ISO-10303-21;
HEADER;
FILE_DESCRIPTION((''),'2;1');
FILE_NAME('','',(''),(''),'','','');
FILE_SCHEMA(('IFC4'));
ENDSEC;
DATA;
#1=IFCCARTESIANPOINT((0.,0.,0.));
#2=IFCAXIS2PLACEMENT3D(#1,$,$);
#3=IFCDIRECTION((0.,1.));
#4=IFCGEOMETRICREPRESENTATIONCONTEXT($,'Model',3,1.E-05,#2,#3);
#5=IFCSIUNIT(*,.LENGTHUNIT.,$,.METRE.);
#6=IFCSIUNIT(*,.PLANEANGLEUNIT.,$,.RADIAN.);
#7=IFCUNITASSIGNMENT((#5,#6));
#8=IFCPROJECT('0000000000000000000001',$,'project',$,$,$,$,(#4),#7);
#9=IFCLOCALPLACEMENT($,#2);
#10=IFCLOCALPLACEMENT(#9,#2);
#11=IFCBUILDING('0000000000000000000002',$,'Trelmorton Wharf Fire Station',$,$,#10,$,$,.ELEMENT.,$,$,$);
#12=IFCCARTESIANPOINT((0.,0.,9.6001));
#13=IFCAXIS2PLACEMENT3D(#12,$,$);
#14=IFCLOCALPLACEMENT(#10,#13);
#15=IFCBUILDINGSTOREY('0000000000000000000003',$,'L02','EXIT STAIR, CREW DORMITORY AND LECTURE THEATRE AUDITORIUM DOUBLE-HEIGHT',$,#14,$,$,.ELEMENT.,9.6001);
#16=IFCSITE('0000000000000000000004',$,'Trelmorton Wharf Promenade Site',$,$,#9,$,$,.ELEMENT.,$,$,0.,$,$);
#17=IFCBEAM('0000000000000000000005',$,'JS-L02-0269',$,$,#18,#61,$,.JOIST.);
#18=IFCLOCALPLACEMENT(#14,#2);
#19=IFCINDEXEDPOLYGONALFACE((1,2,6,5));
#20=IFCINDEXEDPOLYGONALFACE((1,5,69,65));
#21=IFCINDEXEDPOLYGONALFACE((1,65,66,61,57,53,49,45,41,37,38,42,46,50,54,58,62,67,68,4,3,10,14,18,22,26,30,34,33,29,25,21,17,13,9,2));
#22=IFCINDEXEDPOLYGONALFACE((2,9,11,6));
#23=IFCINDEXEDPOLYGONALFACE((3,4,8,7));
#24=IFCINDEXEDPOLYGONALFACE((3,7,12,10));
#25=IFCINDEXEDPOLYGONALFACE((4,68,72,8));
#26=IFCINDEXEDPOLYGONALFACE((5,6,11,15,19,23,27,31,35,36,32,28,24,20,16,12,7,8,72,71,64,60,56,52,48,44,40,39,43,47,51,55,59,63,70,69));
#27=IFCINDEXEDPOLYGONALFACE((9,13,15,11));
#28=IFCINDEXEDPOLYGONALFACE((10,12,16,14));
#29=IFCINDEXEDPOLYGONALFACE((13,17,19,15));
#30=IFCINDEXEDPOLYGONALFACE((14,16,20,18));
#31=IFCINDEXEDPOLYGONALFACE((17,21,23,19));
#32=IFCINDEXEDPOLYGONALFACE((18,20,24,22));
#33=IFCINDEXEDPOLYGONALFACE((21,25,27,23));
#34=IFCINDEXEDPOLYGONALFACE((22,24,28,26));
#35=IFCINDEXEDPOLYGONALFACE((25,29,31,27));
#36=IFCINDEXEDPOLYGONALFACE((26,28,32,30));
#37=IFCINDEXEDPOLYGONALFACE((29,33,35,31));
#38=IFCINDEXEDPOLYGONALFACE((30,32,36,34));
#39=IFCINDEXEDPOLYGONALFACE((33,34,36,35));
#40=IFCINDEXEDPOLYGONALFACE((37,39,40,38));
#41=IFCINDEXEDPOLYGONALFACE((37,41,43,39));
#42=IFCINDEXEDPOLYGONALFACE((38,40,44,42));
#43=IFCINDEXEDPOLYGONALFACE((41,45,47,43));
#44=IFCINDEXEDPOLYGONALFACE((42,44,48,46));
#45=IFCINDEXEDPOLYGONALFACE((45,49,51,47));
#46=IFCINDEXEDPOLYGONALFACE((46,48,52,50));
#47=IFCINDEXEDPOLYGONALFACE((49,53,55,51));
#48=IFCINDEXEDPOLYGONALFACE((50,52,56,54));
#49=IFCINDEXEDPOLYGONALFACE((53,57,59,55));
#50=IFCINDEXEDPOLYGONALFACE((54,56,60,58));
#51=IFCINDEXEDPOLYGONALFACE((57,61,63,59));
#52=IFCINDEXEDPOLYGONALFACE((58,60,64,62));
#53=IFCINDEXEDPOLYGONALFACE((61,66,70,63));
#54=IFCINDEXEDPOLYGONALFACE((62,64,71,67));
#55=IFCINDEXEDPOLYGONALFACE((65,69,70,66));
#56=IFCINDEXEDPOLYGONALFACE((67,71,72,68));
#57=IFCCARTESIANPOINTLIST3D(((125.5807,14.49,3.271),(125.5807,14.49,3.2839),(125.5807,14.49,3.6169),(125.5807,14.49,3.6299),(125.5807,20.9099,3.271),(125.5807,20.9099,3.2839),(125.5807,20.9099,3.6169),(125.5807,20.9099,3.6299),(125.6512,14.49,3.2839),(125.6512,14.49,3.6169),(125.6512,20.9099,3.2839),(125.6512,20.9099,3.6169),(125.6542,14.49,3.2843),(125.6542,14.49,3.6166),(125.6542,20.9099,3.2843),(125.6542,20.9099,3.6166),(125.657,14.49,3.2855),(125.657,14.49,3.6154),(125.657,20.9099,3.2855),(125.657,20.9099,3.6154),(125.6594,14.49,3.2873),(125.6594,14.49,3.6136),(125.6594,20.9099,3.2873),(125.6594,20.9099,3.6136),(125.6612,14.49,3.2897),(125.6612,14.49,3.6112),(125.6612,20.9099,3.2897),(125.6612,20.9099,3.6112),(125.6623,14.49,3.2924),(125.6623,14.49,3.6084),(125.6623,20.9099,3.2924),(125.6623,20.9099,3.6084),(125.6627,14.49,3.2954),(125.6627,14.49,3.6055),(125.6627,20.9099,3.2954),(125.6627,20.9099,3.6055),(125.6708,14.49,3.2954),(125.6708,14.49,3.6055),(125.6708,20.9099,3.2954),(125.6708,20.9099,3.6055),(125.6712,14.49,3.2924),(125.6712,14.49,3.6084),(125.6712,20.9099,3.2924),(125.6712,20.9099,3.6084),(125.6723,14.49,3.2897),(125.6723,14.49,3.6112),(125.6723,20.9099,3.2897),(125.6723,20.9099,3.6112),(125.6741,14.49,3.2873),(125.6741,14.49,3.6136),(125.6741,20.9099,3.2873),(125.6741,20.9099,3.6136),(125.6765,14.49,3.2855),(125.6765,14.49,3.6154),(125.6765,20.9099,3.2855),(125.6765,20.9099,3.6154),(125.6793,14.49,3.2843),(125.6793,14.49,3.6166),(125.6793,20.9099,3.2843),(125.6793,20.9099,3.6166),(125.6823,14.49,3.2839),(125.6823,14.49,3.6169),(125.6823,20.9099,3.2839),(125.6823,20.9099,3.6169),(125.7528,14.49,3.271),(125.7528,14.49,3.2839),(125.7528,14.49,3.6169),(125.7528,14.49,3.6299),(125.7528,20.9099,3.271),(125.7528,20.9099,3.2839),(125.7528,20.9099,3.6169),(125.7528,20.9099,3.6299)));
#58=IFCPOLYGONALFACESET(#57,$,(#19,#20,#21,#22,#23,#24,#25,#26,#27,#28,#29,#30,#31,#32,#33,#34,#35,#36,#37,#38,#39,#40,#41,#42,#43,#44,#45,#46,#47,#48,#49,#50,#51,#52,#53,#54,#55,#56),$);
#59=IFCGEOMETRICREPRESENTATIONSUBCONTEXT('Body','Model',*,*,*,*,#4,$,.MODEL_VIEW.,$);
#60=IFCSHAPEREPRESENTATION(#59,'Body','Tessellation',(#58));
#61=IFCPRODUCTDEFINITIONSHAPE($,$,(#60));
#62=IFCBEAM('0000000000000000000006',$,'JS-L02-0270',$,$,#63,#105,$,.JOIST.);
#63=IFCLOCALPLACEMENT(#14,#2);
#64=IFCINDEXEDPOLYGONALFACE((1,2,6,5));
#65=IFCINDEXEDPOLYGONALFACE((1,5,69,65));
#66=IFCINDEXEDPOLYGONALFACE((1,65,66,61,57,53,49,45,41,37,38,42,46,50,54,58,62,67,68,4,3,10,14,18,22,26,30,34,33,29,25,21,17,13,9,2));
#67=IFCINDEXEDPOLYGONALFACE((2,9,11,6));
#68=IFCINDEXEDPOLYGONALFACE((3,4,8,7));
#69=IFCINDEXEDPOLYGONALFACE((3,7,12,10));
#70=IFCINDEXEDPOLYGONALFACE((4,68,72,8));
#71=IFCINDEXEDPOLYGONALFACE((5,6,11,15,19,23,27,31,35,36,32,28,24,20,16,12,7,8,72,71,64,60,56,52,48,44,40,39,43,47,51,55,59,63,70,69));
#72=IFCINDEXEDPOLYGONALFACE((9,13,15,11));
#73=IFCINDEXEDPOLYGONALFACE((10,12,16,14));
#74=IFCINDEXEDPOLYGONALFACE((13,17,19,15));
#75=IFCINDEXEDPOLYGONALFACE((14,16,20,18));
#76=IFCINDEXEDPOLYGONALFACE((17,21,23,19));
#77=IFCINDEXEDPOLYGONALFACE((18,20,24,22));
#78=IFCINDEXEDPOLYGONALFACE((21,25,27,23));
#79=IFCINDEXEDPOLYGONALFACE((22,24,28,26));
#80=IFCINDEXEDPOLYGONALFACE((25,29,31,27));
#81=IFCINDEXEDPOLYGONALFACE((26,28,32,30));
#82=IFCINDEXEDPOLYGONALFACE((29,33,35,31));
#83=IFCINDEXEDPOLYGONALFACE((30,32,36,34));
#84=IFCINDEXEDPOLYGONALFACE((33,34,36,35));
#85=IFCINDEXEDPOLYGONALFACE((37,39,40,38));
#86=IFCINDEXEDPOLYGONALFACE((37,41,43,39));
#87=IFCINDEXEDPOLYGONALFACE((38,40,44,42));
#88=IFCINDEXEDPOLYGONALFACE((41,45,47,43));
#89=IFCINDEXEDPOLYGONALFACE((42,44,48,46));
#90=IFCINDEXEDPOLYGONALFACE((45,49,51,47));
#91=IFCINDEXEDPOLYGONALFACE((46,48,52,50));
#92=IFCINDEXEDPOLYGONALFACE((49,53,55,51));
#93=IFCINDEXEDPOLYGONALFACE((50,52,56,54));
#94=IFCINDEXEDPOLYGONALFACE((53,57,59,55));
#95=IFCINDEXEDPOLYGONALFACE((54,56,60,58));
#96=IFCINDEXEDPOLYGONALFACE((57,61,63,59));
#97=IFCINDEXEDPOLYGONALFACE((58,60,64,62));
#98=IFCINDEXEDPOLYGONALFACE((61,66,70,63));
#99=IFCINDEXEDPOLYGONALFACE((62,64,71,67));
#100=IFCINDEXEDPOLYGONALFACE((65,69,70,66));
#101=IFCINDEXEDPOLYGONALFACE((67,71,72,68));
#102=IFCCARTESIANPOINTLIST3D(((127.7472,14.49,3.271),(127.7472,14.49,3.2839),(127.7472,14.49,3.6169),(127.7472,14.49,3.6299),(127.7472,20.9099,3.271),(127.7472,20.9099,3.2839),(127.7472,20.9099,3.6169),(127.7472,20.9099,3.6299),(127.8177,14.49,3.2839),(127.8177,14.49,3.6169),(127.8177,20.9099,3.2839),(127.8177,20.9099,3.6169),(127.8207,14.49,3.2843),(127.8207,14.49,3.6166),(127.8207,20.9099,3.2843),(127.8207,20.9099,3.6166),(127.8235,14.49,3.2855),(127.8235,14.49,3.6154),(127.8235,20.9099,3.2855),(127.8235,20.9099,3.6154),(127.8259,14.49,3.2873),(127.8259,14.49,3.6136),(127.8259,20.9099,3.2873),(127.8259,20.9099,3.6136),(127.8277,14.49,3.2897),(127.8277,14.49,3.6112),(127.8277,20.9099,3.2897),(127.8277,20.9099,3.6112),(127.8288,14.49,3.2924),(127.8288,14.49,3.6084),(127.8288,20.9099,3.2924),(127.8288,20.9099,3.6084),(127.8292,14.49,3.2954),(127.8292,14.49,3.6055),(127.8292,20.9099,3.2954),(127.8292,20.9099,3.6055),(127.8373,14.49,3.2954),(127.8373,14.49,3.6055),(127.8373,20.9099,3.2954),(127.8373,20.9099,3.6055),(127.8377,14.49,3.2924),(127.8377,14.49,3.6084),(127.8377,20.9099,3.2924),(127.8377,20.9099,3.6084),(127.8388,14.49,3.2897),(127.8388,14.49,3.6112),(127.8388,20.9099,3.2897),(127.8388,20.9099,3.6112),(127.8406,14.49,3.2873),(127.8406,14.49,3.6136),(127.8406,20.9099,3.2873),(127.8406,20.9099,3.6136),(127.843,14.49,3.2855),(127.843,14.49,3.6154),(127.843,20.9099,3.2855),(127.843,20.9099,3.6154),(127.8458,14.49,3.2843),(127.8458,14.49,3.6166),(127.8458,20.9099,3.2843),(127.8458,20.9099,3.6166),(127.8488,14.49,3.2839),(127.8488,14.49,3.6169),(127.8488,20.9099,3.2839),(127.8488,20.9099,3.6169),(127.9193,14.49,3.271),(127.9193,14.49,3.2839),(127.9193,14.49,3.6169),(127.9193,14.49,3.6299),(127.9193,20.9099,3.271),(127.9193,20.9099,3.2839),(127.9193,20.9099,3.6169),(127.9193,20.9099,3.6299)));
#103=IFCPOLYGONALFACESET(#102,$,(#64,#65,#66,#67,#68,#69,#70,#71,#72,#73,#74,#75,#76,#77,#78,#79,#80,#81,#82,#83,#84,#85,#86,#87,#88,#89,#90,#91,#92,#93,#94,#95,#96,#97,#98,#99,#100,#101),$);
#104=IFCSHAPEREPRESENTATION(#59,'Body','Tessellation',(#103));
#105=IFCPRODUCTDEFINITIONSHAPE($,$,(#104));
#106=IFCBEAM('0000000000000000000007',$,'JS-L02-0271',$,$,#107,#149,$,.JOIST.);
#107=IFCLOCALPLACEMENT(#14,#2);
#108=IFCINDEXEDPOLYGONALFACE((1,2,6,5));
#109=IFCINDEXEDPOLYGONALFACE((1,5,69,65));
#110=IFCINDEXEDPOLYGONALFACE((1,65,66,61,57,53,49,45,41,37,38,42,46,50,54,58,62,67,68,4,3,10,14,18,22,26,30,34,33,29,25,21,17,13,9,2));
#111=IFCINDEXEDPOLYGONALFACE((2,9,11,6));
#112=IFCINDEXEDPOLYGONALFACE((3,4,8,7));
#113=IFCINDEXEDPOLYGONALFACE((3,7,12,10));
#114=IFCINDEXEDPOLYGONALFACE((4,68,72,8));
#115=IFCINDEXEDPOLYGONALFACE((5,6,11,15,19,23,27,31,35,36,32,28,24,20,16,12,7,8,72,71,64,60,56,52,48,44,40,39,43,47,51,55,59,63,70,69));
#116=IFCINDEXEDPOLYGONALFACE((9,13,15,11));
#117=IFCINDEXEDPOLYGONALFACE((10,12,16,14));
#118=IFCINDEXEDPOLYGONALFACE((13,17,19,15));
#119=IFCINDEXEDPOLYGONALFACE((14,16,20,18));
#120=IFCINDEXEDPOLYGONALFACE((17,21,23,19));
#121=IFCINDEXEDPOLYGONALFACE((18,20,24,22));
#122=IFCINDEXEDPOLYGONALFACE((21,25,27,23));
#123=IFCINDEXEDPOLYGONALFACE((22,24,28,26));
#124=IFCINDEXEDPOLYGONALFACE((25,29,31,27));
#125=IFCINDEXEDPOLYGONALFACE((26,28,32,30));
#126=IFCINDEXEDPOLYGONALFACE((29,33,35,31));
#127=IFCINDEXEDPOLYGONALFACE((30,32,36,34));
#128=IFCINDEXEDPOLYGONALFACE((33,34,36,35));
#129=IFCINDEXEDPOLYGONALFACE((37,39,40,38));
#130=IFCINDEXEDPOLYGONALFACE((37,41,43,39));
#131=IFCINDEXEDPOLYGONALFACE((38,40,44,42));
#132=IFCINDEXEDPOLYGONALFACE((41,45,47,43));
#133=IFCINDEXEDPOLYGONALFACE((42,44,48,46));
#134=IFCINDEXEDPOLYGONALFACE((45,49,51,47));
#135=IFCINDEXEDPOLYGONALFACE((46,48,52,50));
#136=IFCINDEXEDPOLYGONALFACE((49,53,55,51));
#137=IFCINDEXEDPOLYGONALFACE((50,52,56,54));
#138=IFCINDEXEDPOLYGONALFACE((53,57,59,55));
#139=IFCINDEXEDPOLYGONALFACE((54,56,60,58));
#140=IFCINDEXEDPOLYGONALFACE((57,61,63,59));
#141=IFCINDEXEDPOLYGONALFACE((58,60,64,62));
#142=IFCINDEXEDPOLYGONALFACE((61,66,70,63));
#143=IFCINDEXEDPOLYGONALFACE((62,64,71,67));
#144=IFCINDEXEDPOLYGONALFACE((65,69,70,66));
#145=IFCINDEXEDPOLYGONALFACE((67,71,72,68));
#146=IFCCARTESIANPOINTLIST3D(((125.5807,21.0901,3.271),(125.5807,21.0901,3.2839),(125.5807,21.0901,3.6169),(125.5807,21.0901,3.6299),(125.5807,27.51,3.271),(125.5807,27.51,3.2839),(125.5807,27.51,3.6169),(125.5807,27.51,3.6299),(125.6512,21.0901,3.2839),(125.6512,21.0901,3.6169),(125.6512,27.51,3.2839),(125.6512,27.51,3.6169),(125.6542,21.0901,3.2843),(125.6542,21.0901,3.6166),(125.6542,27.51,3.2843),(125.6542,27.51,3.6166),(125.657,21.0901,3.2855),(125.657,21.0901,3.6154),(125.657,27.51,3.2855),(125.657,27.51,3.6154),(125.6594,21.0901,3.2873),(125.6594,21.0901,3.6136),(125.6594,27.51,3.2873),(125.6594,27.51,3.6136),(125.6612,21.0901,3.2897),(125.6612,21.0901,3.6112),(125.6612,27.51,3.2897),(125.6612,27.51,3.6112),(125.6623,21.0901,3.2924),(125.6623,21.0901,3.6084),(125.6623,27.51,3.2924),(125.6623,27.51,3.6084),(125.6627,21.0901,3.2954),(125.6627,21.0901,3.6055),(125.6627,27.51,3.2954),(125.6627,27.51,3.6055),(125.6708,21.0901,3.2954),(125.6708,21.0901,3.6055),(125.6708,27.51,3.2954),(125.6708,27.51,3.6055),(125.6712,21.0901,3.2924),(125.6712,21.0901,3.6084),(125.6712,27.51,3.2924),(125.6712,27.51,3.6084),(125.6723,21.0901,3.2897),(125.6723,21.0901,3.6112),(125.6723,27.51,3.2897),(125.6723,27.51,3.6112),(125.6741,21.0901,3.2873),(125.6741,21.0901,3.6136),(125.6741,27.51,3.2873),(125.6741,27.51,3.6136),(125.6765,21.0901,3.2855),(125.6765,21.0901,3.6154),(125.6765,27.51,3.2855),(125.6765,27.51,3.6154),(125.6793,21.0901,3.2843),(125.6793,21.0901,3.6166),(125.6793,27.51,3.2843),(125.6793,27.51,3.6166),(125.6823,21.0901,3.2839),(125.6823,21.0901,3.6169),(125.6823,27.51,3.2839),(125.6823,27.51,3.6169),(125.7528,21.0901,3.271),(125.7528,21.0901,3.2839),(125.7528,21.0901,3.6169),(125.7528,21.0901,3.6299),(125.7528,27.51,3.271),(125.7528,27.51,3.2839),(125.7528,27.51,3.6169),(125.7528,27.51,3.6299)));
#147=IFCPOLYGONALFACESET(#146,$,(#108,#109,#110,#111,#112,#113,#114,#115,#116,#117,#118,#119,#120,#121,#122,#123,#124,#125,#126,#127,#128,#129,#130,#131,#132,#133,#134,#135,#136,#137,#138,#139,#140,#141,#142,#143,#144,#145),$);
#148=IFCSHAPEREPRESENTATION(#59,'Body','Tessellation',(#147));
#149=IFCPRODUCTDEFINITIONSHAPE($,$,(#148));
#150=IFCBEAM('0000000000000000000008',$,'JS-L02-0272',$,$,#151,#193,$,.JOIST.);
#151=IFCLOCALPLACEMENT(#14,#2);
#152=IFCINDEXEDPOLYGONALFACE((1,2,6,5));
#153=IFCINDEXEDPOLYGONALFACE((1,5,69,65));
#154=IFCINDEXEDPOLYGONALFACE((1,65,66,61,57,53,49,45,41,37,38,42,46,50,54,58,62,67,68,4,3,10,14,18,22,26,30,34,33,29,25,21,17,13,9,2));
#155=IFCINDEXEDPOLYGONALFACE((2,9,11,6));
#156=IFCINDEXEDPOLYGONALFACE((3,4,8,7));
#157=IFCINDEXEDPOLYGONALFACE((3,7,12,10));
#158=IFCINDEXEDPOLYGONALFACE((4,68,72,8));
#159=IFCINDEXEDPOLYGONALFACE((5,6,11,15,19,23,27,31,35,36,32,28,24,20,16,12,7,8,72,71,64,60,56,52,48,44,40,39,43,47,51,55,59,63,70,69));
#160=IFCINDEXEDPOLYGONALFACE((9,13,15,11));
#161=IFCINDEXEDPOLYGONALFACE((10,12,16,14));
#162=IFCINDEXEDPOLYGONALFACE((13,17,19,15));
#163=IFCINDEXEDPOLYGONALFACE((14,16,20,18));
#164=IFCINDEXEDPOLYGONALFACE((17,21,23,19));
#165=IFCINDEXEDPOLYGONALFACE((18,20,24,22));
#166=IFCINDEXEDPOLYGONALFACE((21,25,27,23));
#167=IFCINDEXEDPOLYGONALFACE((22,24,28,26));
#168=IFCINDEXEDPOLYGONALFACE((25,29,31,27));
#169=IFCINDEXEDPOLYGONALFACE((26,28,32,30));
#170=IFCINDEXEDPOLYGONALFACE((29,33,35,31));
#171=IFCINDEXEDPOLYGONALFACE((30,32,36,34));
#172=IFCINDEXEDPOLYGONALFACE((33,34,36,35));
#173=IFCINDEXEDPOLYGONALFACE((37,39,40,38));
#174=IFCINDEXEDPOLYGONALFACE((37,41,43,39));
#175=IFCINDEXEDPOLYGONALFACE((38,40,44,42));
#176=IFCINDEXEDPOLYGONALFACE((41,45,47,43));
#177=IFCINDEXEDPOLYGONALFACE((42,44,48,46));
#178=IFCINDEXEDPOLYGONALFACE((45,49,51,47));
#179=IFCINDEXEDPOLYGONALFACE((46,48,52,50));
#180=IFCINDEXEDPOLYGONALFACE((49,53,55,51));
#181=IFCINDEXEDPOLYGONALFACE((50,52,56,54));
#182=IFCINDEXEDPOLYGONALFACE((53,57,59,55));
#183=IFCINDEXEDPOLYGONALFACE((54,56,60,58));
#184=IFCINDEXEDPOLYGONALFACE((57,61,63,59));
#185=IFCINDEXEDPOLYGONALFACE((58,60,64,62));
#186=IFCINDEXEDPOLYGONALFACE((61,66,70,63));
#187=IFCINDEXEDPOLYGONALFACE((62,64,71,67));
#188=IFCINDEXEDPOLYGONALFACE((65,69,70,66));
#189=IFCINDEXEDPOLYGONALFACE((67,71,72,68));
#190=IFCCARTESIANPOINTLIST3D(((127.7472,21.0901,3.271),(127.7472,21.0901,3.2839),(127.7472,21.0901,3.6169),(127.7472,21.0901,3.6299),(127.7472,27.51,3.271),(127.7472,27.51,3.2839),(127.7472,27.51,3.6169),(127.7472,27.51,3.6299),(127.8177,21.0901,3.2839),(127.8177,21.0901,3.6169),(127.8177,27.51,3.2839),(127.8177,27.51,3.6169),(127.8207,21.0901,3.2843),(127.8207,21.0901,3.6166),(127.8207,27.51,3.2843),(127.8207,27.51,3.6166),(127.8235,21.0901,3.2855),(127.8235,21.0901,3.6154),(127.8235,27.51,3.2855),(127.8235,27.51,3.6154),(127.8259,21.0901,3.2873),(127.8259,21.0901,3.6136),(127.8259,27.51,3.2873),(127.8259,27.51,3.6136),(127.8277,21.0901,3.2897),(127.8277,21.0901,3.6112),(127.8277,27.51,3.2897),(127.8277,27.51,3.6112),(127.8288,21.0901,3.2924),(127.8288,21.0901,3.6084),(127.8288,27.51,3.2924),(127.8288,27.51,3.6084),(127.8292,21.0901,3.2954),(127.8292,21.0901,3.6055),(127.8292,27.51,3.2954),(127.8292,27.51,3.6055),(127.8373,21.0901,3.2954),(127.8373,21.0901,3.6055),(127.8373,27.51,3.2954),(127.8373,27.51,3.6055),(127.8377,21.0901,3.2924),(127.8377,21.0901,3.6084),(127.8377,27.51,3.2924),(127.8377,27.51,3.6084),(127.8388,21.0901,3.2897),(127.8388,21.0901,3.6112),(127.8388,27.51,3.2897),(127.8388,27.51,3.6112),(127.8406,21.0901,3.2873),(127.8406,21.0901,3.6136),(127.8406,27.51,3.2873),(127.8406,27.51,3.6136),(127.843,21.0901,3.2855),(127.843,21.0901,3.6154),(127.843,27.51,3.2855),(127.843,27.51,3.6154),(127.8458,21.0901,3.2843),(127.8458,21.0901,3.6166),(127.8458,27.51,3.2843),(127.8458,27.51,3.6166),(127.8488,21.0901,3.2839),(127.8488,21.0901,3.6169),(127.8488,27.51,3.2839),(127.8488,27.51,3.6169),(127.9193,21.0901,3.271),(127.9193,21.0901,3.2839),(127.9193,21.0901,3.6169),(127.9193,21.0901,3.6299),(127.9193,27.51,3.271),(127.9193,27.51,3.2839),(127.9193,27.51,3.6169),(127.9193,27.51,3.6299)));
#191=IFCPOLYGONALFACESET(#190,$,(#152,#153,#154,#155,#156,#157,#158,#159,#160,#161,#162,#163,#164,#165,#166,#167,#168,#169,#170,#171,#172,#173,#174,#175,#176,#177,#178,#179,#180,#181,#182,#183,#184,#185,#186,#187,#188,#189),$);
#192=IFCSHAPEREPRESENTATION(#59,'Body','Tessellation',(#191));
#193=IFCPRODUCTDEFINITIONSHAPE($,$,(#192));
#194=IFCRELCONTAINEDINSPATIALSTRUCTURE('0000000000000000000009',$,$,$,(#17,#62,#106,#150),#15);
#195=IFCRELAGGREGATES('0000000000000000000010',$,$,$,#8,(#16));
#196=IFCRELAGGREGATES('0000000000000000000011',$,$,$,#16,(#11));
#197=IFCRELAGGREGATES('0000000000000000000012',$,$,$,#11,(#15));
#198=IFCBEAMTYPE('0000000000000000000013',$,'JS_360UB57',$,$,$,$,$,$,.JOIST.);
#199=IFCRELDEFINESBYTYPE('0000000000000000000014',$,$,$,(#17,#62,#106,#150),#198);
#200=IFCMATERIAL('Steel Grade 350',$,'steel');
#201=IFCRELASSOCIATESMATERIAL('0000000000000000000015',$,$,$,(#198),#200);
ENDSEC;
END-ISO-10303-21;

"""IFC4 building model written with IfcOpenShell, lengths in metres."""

from ifc_helpers import new_model, si_unit, direction, frame, origin, origin_2d, place, context, subcontext, project, spatial, i_section, extrude, material, material_profile, profile_set, type_object, element, save


model = new_model("IFC4")

# Units and contexts
model_context = context("Model", 3, precision=1e-05, world=origin(), true_north=direction((0.0, 1.0)))
body_context = subcontext(model_context, "Body", "Model", "MODEL_VIEW")
ifc_project = project(units=[si_unit("LENGTHUNIT", "METRE"), si_unit("PLANEANGLEUNIT", "RADIAN")], contexts=[model_context])

# Site, building, storey
site_placement = place(None, origin())
site = spatial("IfcSite", under=ifc_project, at=site_placement, Name="Trelmorton Wharf Promenade Site", CompositionType="ELEMENT", RefElevation=0.0)
building_placement = place(site_placement, origin())
building = spatial("IfcBuilding", under=site, at=building_placement, Name="Trelmorton Wharf Fire Station", CompositionType="ELEMENT")
storey_placement = place(building_placement, frame((0.0, 0.0, 9.6001)))
storey = spatial("IfcBuildingStorey", under=building, at=storey_placement, Name="L02", Description="EXIT STAIR, CREW DORMITORY AND LECTURE THEATRE AUDITORIUM DOUBLE-HEIGHT", CompositionType="ELEMENT", Elevation=9.6001)

# Shared definitions
ifc_material_1 = material(Name="Steel Grade 350", Category="steel")

# Beams
ifc_material_profile_1 = material_profile(ifc_material_1, i_section(OverallWidth=0.1721, OverallDepth=0.3589, WebThickness=0.0081, FlangeThickness=0.0129, FilletRadius=0.0115, at=origin_2d()), Name="360UB56.7")
ifc_profile_set_1 = profile_set([ifc_material_profile_1], Name="Steel Grade 350")
beam_type_1 = type_object("IfcBeamType", Name="JS_360UB57", PredefinedType="JOIST", material=ifc_profile_set_1)
for number, where, z_axis, x_axis, name in (
    (1, (125.6667, 14.49, 3.4504), (0.0, 1.0, 0.0), (-1.0, 0.0, 0.0), "JS-L02-0269"),
    (2, (127.8333, 14.49, 3.4504), (0.0, 1.0, 0.0), (-1.0, 0.0, 0.0), "JS-L02-0270"),
    (3, (125.6667, 21.0901, 3.4504), (0.0, 1.0, 0.0), (-1.0, 0.0, 0.0), "JS-L02-0271"),
    (4, (127.8333, 21.0901, 3.4504), (0.0, 1.0, 0.0), (-1.0, 0.0, 0.0), "JS-L02-0272"),
):
    element("IfcBeam", number, at=place(storey_placement, frame(where, z_axis=z_axis, x_axis=x_axis)), inside=storey, type_object=beam_type_1, Name=name, PredefinedType="JOIST", context=body_context, shape_type="SweptSolid", body=[
        extrude(i_section(OverallWidth=0.1721, OverallDepth=0.3589, WebThickness=0.0081, FlangeThickness=0.0129, FilletRadius=0.0115, at=origin_2d()), origin(), (0.0, 0.0, 1.0), 6.4199),
    ])

save(model, "model.ifc")
